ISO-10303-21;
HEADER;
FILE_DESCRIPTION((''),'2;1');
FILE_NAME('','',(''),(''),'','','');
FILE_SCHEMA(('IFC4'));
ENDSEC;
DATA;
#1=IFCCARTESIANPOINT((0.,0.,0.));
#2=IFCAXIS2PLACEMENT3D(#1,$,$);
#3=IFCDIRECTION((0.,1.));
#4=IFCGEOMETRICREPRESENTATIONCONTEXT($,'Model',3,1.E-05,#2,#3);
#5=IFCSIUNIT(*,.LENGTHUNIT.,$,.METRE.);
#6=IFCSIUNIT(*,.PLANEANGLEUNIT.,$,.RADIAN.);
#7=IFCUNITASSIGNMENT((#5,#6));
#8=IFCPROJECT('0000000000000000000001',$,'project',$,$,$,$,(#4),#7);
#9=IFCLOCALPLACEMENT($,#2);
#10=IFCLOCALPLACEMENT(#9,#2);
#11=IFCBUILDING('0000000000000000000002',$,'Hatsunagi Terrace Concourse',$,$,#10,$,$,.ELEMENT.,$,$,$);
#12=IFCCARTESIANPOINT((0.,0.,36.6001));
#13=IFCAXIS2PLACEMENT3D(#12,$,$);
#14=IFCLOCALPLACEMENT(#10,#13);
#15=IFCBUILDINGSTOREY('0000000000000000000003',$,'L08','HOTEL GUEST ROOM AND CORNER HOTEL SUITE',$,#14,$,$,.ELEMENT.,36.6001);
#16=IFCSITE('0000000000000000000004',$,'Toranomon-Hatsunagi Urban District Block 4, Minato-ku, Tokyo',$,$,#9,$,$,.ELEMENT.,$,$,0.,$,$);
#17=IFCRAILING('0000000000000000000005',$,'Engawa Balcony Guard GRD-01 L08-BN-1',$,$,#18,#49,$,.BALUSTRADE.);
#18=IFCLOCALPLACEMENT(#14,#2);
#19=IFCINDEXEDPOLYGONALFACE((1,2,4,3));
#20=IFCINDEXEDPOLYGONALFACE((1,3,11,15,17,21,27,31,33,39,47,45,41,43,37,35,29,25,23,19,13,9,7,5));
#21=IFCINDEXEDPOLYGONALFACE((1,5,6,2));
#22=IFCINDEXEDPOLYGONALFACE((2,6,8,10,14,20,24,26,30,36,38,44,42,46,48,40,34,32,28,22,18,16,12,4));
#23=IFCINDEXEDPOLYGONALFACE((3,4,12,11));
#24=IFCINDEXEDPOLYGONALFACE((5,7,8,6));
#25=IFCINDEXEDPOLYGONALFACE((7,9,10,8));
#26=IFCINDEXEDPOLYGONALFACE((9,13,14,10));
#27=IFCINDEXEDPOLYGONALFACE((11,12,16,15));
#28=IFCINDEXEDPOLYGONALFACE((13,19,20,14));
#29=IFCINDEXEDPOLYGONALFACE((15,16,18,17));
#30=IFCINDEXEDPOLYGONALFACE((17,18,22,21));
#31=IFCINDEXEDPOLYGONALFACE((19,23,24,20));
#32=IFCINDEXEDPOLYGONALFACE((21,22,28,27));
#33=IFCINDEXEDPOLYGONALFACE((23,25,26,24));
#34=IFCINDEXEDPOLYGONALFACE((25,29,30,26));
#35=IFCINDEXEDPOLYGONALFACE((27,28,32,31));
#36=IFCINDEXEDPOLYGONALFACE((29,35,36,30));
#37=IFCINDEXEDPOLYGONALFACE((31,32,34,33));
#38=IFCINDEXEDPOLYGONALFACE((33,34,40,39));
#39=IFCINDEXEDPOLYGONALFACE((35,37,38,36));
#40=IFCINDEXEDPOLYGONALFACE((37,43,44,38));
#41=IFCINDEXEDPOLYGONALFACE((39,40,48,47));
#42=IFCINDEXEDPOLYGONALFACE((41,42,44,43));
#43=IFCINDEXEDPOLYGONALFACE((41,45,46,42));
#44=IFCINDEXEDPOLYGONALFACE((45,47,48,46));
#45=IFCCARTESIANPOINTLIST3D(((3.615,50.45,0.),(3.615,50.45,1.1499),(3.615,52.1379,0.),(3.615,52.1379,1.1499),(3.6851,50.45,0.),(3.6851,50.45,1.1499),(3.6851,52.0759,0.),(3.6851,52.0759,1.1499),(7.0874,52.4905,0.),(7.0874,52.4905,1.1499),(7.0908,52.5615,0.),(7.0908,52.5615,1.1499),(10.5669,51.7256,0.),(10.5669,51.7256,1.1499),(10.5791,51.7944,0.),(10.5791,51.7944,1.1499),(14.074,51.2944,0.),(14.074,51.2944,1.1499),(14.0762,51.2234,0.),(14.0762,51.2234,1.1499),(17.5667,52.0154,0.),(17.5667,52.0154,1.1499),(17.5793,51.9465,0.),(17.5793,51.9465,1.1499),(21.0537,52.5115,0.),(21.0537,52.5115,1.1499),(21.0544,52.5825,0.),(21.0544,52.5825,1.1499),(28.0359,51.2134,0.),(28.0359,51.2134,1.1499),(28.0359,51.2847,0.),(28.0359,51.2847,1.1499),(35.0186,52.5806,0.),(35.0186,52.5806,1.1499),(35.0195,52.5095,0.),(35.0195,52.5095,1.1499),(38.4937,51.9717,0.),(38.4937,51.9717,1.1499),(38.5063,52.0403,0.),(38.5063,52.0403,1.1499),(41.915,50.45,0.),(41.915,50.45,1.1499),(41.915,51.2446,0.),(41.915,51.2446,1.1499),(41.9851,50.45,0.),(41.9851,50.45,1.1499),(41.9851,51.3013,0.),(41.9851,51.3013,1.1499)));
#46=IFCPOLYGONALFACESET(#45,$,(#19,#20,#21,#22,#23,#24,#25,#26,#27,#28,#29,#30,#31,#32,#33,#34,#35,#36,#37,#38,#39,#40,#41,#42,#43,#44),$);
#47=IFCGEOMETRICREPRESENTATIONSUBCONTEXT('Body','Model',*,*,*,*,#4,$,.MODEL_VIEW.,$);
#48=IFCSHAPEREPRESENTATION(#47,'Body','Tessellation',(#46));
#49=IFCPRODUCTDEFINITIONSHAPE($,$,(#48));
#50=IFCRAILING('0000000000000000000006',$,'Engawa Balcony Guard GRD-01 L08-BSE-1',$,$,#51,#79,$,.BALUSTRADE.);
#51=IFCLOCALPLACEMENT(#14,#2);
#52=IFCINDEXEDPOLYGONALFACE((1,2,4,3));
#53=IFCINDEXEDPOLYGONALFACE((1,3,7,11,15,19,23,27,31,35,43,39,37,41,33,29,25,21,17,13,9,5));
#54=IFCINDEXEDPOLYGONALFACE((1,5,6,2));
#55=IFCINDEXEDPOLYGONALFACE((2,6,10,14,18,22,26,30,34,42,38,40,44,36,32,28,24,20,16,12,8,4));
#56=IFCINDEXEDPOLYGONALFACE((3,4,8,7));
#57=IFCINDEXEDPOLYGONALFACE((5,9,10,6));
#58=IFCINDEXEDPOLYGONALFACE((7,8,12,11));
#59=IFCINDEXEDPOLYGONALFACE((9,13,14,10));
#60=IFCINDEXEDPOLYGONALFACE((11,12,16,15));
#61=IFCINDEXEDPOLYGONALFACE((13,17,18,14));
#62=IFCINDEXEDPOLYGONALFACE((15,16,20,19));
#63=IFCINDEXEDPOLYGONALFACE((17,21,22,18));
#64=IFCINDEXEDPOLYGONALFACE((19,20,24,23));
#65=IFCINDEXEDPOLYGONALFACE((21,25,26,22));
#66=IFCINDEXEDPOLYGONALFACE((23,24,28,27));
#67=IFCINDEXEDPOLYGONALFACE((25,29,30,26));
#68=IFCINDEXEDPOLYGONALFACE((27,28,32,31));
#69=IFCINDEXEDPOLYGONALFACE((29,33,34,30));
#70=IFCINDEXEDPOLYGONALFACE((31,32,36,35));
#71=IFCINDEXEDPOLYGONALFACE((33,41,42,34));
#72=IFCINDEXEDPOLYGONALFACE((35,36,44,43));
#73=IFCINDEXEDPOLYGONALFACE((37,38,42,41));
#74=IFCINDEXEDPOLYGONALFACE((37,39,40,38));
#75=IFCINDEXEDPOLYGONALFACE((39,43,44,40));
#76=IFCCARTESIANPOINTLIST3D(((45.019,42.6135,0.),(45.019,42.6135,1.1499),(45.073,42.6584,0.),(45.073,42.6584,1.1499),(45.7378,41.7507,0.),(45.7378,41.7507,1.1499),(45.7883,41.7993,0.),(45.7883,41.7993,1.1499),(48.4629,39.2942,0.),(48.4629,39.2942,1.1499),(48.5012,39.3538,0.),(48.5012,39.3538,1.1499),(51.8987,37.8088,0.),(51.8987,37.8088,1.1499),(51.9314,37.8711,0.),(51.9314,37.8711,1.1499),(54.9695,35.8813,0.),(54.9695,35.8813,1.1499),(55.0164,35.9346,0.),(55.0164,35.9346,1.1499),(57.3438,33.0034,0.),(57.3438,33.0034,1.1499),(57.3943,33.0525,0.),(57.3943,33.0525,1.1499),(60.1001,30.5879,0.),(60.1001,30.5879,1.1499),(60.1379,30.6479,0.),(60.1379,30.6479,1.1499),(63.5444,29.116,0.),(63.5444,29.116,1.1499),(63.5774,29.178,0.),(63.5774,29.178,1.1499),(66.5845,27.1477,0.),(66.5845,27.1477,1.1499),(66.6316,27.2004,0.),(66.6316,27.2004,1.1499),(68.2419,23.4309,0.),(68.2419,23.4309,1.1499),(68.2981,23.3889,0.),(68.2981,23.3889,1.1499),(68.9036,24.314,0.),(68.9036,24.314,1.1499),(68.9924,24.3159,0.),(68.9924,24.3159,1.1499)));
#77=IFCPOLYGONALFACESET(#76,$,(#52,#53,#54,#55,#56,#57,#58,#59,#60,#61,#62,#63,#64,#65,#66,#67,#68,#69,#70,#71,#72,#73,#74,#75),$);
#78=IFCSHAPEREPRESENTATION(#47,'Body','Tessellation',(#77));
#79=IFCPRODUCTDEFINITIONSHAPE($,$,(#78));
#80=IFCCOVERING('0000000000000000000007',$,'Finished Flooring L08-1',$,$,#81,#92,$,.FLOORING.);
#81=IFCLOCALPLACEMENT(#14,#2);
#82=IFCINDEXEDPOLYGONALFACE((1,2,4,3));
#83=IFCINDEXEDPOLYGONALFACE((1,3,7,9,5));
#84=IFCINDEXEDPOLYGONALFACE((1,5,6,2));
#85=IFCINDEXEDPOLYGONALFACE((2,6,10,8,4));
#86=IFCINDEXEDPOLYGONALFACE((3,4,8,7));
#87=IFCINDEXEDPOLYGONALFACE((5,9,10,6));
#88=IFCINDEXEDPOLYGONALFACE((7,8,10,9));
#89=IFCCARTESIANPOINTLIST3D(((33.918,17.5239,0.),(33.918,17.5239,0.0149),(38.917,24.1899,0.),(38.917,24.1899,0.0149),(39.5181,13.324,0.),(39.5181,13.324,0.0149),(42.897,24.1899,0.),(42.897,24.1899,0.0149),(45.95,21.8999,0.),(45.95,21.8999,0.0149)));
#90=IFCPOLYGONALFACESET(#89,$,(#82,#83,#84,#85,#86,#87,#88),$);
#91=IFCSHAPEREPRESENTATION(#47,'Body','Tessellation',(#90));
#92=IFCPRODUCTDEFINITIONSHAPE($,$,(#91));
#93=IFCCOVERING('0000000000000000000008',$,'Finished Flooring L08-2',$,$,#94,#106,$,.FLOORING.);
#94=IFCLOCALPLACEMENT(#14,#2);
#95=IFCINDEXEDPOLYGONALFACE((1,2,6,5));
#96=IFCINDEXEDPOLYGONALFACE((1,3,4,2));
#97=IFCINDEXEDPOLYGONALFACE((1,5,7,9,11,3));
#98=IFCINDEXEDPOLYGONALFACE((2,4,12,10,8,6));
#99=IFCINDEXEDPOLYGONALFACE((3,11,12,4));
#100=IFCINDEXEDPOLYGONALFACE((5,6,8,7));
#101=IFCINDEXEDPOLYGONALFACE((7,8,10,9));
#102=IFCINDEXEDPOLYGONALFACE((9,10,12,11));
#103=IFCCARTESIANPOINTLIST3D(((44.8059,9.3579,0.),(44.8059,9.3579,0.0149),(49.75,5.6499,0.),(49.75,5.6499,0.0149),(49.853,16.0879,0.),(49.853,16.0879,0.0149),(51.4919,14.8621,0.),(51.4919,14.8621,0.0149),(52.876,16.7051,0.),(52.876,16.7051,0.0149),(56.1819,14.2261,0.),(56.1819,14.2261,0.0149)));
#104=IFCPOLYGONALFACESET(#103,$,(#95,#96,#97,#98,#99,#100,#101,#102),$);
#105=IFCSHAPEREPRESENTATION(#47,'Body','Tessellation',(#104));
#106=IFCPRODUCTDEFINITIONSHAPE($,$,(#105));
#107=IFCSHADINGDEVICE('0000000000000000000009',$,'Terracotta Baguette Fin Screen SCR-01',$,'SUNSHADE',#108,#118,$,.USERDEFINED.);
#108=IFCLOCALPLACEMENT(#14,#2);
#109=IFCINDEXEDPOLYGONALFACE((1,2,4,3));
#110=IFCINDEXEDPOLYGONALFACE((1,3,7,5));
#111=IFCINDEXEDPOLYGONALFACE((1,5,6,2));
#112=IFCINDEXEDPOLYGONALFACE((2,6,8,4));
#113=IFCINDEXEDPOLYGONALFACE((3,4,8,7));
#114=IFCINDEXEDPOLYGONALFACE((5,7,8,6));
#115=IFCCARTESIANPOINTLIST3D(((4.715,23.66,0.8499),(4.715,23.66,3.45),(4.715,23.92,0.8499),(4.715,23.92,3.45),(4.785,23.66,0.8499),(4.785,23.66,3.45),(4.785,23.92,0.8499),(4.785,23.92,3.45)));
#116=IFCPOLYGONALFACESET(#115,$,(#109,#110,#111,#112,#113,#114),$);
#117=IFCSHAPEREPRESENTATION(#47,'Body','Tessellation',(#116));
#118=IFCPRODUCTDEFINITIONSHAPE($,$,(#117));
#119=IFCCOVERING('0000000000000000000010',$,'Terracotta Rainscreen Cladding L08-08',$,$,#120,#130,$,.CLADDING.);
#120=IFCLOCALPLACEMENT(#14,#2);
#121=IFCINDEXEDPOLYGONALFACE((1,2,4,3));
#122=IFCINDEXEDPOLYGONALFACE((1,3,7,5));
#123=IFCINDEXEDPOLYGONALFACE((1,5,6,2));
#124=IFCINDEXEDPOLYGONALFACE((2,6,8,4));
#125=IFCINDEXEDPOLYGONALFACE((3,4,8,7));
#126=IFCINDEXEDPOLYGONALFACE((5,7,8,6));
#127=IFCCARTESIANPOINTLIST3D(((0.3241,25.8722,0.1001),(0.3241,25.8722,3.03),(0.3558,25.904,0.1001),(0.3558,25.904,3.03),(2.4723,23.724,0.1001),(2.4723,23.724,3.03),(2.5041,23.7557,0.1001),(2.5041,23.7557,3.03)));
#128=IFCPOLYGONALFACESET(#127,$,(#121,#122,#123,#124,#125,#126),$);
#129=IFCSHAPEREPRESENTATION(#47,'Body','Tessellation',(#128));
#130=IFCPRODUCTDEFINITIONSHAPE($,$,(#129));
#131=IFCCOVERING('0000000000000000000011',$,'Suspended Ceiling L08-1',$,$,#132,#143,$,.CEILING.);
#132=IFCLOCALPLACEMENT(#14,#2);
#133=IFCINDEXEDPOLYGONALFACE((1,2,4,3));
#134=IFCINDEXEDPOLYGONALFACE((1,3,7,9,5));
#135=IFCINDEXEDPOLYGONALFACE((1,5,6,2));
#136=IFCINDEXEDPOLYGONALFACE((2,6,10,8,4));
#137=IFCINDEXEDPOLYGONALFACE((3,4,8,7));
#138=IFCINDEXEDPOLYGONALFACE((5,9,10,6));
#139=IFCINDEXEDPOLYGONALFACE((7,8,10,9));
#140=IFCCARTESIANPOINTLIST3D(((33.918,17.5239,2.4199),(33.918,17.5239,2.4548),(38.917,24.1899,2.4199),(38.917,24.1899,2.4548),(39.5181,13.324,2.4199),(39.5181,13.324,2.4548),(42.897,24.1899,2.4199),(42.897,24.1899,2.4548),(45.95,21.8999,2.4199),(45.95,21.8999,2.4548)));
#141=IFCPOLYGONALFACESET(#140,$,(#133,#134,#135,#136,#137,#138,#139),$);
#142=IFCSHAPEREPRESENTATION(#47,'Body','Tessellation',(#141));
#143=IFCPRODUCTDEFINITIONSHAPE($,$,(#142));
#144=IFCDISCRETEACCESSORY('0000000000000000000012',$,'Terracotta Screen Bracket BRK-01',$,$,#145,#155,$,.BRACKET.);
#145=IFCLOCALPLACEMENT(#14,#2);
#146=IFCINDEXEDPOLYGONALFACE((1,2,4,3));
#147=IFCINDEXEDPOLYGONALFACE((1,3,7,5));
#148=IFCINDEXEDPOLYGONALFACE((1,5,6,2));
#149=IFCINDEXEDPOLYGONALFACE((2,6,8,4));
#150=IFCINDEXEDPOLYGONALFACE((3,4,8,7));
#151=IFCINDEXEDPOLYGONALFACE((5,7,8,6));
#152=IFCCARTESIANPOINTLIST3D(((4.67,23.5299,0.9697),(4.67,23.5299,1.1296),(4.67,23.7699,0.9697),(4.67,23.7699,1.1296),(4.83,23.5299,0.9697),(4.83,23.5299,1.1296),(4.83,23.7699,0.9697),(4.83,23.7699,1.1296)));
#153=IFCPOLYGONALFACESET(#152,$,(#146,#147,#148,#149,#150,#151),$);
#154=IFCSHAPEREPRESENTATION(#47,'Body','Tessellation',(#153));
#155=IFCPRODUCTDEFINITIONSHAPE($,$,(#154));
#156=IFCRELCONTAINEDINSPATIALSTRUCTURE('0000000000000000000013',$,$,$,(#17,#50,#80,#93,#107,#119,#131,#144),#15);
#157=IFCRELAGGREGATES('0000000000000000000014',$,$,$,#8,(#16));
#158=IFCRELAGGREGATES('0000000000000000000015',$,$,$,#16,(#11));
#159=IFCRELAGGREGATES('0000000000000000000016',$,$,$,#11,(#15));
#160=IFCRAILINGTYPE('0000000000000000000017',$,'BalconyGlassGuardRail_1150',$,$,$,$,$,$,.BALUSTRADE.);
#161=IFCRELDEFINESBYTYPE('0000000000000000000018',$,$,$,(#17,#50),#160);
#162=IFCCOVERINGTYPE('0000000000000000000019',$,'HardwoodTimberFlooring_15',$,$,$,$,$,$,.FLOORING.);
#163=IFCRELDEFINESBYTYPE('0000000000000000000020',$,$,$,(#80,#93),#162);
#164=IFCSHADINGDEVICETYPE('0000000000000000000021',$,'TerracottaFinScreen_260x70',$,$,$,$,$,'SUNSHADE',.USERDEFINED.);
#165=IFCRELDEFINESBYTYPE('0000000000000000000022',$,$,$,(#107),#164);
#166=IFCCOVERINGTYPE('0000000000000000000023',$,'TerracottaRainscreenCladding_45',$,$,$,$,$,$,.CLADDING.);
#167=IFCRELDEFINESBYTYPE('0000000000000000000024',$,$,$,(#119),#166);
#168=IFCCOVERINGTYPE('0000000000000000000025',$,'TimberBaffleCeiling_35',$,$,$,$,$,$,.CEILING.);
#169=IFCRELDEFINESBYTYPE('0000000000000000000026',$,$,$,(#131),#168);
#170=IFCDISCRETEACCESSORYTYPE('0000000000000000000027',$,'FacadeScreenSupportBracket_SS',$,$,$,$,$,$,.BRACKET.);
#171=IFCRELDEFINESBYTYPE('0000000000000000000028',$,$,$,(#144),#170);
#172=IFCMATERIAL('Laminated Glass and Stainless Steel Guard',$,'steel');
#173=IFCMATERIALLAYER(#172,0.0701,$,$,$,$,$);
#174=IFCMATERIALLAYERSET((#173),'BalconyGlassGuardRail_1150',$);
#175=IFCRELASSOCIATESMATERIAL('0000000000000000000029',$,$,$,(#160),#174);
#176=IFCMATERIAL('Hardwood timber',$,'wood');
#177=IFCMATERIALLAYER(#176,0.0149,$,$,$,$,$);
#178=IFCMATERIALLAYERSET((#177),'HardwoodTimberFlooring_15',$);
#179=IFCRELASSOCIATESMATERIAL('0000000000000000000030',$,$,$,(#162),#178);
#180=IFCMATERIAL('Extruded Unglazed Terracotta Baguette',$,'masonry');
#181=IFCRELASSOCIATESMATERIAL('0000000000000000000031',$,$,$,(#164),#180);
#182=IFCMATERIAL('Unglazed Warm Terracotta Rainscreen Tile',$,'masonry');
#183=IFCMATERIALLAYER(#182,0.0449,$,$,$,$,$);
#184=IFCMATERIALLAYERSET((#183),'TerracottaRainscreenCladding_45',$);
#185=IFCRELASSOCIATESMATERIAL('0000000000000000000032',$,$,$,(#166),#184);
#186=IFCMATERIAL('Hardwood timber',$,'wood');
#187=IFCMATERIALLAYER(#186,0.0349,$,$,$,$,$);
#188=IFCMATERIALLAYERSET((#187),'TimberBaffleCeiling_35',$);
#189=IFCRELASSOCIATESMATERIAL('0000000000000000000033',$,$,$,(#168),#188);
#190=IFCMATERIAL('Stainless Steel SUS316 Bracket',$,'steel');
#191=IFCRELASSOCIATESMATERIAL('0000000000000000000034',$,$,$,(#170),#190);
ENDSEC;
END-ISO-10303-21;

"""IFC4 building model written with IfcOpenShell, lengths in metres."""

from ifc_helpers import new_model, si_unit, direction, frame, origin, origin_2d, place, context, subcontext, project, spatial, polyline, rectangle, outline, extrude, material, layer, layer_set, type_object, element, save


model = new_model("IFC4")

# Units and contexts
model_context = context("Model", 3, precision=1e-05, world=origin(), true_north=direction((0.0, 1.0)))
body_context = subcontext(model_context, "Body", "Model", "MODEL_VIEW")
ifc_project = project(units=[si_unit("LENGTHUNIT", "METRE"), si_unit("PLANEANGLEUNIT", "RADIAN")], contexts=[model_context])

# Site, building, storey
site_placement = place(None, origin())
site = spatial("IfcSite", under=ifc_project, at=site_placement, Name="Toranomon-Hatsunagi Urban District Block 4, Minato-ku, Tokyo", CompositionType="ELEMENT", RefElevation=0.0)
building_placement = place(site_placement, origin())
building = spatial("IfcBuilding", under=site, at=building_placement, Name="Hatsunagi Terrace Concourse", CompositionType="ELEMENT")
storey_placement = place(building_placement, frame((0.0, 0.0, 36.6001)))
storey = spatial("IfcBuildingStorey", under=building, at=storey_placement, Name="L08", Description="HOTEL GUEST ROOM AND CORNER HOTEL SUITE", CompositionType="ELEMENT", Elevation=36.6001)

# Railings
ifc_material_1 = material(Name="Laminated Glass and Stainless Steel Guard", Category="steel")
ifc_layer_1 = layer(ifc_material_1, 0.0701)
ifc_layer_set_1 = layer_set([ifc_layer_1], Name="BalconyGlassGuardRail_1150")
railing_type = type_object("IfcRailingType", Name="BalconyGlassGuardRail_1150", PredefinedType="BALUSTRADE", material=ifc_layer_set_1)
railing_1_placement = place(storey_placement, origin())
element("IfcRailing", 1, at=railing_1_placement, inside=storey, type_object=railing_type, Name="Engawa Balcony Guard GRD-01 L08-BN-1", PredefinedType="BALUSTRADE", context=body_context, shape_type="SweptSolid", body=[
    extrude(outline(polyline([(3.615, 50.45), (3.6851, 50.45), (3.6851, 52.0759), (7.0874, 52.4905), (10.5669, 51.7256), (14.0762, 51.2234), (17.5793, 51.9465), (21.0537, 52.5115), (28.0359, 51.2134), (35.0195, 52.5095), (38.4937, 51.9717), (41.915, 51.2446), (41.915, 50.45), (41.9851, 50.45), (41.9851, 51.3013), (38.5063, 52.0403), (35.0186, 52.5806), (28.0359, 51.2847), (21.0544, 52.5825), (17.5667, 52.0154), (14.074, 51.2944), (10.5791, 51.7944), (7.0908, 52.5615), (3.615, 52.1379), (3.615, 50.45)])), origin(), (0.0, 0.0, 1.0), 1.1499),
])
railing_2_placement = place(storey_placement, origin())
element("IfcRailing", 2, at=railing_2_placement, inside=storey, type_object=railing_type, Name="Engawa Balcony Guard GRD-01 L08-BSE-1", PredefinedType="BALUSTRADE", context=body_context, shape_type="SweptSolid", body=[
    extrude(outline(polyline([(45.073, 42.6584), (45.019, 42.6135), (45.7378, 41.7507), (48.4629, 39.2942), (51.8987, 37.8088), (54.9695, 35.8813), (57.3438, 33.0034), (60.1001, 30.5879), (63.5444, 29.116), (66.5845, 27.1477), (68.9036, 24.314), (68.2419, 23.4309), (68.2981, 23.3889), (68.9924, 24.3159), (66.6316, 27.2004), (63.5774, 29.178), (60.1379, 30.6479), (57.3943, 33.0525), (55.0164, 35.9346), (51.9314, 37.8711), (48.5012, 39.3538), (45.7883, 41.7993), (45.073, 42.6584)])), origin(), (0.0, 0.0, 1.0), 1.1499),
])

# Coverings
ifc_material_2 = material(Name="Hardwood timber", Category="wood")
ifc_layer_2 = layer(ifc_material_2, 0.0149)
ifc_layer_set_2 = layer_set([ifc_layer_2], Name="HardwoodTimberFlooring_15")
covering_type_1 = type_object("IfcCoveringType", Name="HardwoodTimberFlooring_15", PredefinedType="FLOORING", material=ifc_layer_set_2)
covering_1_placement = place(storey_placement, origin())
element("IfcCovering", 3, at=covering_1_placement, inside=storey, type_object=covering_type_1, Name="Finished Flooring L08-1", PredefinedType="FLOORING", context=body_context, shape_type="SweptSolid", body=[
    extrude(outline(polyline([(39.5181, 13.324), (45.95, 21.8999), (42.897, 24.1899), (38.917, 24.1899), (33.918, 17.5239), (39.5181, 13.324)])), origin(), (0.0, 0.0, 1.0), 0.0149),
])
covering_2_placement = place(storey_placement, origin())
element("IfcCovering", 4, at=covering_2_placement, inside=storey, type_object=covering_type_1, Name="Finished Flooring L08-2", PredefinedType="FLOORING", context=body_context, shape_type="SweptSolid", body=[
    extrude(outline(polyline([(49.75, 5.6499), (56.1819, 14.2261), (52.876, 16.7051), (51.4919, 14.8621), (49.853, 16.0879), (44.8059, 9.3579), (49.75, 5.6499)])), origin(), (0.0, 0.0, 1.0), 0.0149),
])

# Shading device
ifc_material_3 = material(Name="Extruded Unglazed Terracotta Baguette", Category="masonry")
shading_device_type = type_object("IfcShadingDeviceType", Name="TerracottaFinScreen_260x70", ElementType="SUNSHADE", PredefinedType="USERDEFINED", material=ifc_material_3)
shading_device_placement = place(storey_placement, frame((4.75, 23.79, 0.8499), z_axis=(0.0, 0.0, 1.0), x_axis=(-1.0, 0.0, 0.0)))
element("IfcShadingDevice", 5, at=shading_device_placement, inside=storey, type_object=shading_device_type, Name="Terracotta Baguette Fin Screen SCR-01", ObjectType="SUNSHADE", PredefinedType="USERDEFINED", context=body_context, shape_type="SweptSolid", body=[
    extrude(rectangle(XDim=0.0701, YDim=0.26, at=origin_2d()), origin(), (0.0, 0.0, 1.0), 2.6001),
])

# Coverings
ifc_material_4 = material(Name="Unglazed Warm Terracotta Rainscreen Tile", Category="masonry")
ifc_layer_3 = layer(ifc_material_4, 0.0449)
ifc_layer_set_3 = layer_set([ifc_layer_3], Name="TerracottaRainscreenCladding_45")
covering_type_2 = type_object("IfcCoveringType", Name="TerracottaRainscreenCladding_45", PredefinedType="CLADDING", material=ifc_layer_set_3)
covering_3_placement = place(storey_placement, frame((1.4141, 24.814, 0.1001), z_axis=(0.0, 0.0, 1.0), x_axis=(-0.707107, 0.707107, 0.0)))
element("IfcCovering", 6, at=covering_3_placement, inside=storey, type_object=covering_type_2, Name="Terracotta Rainscreen Cladding L08-08", PredefinedType="CLADDING", context=body_context, shape_type="SweptSolid", body=[
    extrude(rectangle(XDim=3.0381, YDim=0.0449, at=origin_2d()), origin(), (0.0, 0.0, 1.0), 2.9299),
])
ifc_material_5 = material(Name="Hardwood timber", Category="wood")
ifc_layer_4 = layer(ifc_material_5, 0.0349)
ifc_layer_set_4 = layer_set([ifc_layer_4], Name="TimberBaffleCeiling_35")
covering_type_3 = type_object("IfcCoveringType", Name="TimberBaffleCeiling_35", PredefinedType="CEILING", material=ifc_layer_set_4)
covering_4_placement = place(storey_placement, frame((0.0, 0.0, 2.4199)))
element("IfcCovering", 7, at=covering_4_placement, inside=storey, type_object=covering_type_3, Name="Suspended Ceiling L08-1", PredefinedType="CEILING", context=body_context, shape_type="SweptSolid", body=[
    extrude(outline(polyline([(39.5181, 13.324), (45.95, 21.8999), (42.897, 24.1899), (38.917, 24.1899), (33.918, 17.5239), (39.5181, 13.324)])), origin(), (0.0, 0.0, 1.0), 0.0349),
])

# Discrete accessory
ifc_material_6 = material(Name="Stainless Steel SUS316 Bracket", Category="steel")
discrete_accessory_type = type_object("IfcDiscreteAccessoryType", Name="FacadeScreenSupportBracket_SS", PredefinedType="BRACKET", material=ifc_material_6)
discrete_accessory_placement = place(storey_placement, frame((4.75, 23.6499, 0.9697), z_axis=(0.0, 0.0, 1.0), x_axis=(-1.0, 0.0, 0.0)))
element("IfcDiscreteAccessory", 8, at=discrete_accessory_placement, inside=storey, type_object=discrete_accessory_type, Name="Terracotta Screen Bracket BRK-01", PredefinedType="BRACKET", context=body_context, shape_type="SweptSolid", body=[
    extrude(rectangle(XDim=0.1599, YDim=0.24, at=origin_2d()), origin(), (0.0, 0.0, 1.0), 0.1599),
])

save(model, "model.ifc")
